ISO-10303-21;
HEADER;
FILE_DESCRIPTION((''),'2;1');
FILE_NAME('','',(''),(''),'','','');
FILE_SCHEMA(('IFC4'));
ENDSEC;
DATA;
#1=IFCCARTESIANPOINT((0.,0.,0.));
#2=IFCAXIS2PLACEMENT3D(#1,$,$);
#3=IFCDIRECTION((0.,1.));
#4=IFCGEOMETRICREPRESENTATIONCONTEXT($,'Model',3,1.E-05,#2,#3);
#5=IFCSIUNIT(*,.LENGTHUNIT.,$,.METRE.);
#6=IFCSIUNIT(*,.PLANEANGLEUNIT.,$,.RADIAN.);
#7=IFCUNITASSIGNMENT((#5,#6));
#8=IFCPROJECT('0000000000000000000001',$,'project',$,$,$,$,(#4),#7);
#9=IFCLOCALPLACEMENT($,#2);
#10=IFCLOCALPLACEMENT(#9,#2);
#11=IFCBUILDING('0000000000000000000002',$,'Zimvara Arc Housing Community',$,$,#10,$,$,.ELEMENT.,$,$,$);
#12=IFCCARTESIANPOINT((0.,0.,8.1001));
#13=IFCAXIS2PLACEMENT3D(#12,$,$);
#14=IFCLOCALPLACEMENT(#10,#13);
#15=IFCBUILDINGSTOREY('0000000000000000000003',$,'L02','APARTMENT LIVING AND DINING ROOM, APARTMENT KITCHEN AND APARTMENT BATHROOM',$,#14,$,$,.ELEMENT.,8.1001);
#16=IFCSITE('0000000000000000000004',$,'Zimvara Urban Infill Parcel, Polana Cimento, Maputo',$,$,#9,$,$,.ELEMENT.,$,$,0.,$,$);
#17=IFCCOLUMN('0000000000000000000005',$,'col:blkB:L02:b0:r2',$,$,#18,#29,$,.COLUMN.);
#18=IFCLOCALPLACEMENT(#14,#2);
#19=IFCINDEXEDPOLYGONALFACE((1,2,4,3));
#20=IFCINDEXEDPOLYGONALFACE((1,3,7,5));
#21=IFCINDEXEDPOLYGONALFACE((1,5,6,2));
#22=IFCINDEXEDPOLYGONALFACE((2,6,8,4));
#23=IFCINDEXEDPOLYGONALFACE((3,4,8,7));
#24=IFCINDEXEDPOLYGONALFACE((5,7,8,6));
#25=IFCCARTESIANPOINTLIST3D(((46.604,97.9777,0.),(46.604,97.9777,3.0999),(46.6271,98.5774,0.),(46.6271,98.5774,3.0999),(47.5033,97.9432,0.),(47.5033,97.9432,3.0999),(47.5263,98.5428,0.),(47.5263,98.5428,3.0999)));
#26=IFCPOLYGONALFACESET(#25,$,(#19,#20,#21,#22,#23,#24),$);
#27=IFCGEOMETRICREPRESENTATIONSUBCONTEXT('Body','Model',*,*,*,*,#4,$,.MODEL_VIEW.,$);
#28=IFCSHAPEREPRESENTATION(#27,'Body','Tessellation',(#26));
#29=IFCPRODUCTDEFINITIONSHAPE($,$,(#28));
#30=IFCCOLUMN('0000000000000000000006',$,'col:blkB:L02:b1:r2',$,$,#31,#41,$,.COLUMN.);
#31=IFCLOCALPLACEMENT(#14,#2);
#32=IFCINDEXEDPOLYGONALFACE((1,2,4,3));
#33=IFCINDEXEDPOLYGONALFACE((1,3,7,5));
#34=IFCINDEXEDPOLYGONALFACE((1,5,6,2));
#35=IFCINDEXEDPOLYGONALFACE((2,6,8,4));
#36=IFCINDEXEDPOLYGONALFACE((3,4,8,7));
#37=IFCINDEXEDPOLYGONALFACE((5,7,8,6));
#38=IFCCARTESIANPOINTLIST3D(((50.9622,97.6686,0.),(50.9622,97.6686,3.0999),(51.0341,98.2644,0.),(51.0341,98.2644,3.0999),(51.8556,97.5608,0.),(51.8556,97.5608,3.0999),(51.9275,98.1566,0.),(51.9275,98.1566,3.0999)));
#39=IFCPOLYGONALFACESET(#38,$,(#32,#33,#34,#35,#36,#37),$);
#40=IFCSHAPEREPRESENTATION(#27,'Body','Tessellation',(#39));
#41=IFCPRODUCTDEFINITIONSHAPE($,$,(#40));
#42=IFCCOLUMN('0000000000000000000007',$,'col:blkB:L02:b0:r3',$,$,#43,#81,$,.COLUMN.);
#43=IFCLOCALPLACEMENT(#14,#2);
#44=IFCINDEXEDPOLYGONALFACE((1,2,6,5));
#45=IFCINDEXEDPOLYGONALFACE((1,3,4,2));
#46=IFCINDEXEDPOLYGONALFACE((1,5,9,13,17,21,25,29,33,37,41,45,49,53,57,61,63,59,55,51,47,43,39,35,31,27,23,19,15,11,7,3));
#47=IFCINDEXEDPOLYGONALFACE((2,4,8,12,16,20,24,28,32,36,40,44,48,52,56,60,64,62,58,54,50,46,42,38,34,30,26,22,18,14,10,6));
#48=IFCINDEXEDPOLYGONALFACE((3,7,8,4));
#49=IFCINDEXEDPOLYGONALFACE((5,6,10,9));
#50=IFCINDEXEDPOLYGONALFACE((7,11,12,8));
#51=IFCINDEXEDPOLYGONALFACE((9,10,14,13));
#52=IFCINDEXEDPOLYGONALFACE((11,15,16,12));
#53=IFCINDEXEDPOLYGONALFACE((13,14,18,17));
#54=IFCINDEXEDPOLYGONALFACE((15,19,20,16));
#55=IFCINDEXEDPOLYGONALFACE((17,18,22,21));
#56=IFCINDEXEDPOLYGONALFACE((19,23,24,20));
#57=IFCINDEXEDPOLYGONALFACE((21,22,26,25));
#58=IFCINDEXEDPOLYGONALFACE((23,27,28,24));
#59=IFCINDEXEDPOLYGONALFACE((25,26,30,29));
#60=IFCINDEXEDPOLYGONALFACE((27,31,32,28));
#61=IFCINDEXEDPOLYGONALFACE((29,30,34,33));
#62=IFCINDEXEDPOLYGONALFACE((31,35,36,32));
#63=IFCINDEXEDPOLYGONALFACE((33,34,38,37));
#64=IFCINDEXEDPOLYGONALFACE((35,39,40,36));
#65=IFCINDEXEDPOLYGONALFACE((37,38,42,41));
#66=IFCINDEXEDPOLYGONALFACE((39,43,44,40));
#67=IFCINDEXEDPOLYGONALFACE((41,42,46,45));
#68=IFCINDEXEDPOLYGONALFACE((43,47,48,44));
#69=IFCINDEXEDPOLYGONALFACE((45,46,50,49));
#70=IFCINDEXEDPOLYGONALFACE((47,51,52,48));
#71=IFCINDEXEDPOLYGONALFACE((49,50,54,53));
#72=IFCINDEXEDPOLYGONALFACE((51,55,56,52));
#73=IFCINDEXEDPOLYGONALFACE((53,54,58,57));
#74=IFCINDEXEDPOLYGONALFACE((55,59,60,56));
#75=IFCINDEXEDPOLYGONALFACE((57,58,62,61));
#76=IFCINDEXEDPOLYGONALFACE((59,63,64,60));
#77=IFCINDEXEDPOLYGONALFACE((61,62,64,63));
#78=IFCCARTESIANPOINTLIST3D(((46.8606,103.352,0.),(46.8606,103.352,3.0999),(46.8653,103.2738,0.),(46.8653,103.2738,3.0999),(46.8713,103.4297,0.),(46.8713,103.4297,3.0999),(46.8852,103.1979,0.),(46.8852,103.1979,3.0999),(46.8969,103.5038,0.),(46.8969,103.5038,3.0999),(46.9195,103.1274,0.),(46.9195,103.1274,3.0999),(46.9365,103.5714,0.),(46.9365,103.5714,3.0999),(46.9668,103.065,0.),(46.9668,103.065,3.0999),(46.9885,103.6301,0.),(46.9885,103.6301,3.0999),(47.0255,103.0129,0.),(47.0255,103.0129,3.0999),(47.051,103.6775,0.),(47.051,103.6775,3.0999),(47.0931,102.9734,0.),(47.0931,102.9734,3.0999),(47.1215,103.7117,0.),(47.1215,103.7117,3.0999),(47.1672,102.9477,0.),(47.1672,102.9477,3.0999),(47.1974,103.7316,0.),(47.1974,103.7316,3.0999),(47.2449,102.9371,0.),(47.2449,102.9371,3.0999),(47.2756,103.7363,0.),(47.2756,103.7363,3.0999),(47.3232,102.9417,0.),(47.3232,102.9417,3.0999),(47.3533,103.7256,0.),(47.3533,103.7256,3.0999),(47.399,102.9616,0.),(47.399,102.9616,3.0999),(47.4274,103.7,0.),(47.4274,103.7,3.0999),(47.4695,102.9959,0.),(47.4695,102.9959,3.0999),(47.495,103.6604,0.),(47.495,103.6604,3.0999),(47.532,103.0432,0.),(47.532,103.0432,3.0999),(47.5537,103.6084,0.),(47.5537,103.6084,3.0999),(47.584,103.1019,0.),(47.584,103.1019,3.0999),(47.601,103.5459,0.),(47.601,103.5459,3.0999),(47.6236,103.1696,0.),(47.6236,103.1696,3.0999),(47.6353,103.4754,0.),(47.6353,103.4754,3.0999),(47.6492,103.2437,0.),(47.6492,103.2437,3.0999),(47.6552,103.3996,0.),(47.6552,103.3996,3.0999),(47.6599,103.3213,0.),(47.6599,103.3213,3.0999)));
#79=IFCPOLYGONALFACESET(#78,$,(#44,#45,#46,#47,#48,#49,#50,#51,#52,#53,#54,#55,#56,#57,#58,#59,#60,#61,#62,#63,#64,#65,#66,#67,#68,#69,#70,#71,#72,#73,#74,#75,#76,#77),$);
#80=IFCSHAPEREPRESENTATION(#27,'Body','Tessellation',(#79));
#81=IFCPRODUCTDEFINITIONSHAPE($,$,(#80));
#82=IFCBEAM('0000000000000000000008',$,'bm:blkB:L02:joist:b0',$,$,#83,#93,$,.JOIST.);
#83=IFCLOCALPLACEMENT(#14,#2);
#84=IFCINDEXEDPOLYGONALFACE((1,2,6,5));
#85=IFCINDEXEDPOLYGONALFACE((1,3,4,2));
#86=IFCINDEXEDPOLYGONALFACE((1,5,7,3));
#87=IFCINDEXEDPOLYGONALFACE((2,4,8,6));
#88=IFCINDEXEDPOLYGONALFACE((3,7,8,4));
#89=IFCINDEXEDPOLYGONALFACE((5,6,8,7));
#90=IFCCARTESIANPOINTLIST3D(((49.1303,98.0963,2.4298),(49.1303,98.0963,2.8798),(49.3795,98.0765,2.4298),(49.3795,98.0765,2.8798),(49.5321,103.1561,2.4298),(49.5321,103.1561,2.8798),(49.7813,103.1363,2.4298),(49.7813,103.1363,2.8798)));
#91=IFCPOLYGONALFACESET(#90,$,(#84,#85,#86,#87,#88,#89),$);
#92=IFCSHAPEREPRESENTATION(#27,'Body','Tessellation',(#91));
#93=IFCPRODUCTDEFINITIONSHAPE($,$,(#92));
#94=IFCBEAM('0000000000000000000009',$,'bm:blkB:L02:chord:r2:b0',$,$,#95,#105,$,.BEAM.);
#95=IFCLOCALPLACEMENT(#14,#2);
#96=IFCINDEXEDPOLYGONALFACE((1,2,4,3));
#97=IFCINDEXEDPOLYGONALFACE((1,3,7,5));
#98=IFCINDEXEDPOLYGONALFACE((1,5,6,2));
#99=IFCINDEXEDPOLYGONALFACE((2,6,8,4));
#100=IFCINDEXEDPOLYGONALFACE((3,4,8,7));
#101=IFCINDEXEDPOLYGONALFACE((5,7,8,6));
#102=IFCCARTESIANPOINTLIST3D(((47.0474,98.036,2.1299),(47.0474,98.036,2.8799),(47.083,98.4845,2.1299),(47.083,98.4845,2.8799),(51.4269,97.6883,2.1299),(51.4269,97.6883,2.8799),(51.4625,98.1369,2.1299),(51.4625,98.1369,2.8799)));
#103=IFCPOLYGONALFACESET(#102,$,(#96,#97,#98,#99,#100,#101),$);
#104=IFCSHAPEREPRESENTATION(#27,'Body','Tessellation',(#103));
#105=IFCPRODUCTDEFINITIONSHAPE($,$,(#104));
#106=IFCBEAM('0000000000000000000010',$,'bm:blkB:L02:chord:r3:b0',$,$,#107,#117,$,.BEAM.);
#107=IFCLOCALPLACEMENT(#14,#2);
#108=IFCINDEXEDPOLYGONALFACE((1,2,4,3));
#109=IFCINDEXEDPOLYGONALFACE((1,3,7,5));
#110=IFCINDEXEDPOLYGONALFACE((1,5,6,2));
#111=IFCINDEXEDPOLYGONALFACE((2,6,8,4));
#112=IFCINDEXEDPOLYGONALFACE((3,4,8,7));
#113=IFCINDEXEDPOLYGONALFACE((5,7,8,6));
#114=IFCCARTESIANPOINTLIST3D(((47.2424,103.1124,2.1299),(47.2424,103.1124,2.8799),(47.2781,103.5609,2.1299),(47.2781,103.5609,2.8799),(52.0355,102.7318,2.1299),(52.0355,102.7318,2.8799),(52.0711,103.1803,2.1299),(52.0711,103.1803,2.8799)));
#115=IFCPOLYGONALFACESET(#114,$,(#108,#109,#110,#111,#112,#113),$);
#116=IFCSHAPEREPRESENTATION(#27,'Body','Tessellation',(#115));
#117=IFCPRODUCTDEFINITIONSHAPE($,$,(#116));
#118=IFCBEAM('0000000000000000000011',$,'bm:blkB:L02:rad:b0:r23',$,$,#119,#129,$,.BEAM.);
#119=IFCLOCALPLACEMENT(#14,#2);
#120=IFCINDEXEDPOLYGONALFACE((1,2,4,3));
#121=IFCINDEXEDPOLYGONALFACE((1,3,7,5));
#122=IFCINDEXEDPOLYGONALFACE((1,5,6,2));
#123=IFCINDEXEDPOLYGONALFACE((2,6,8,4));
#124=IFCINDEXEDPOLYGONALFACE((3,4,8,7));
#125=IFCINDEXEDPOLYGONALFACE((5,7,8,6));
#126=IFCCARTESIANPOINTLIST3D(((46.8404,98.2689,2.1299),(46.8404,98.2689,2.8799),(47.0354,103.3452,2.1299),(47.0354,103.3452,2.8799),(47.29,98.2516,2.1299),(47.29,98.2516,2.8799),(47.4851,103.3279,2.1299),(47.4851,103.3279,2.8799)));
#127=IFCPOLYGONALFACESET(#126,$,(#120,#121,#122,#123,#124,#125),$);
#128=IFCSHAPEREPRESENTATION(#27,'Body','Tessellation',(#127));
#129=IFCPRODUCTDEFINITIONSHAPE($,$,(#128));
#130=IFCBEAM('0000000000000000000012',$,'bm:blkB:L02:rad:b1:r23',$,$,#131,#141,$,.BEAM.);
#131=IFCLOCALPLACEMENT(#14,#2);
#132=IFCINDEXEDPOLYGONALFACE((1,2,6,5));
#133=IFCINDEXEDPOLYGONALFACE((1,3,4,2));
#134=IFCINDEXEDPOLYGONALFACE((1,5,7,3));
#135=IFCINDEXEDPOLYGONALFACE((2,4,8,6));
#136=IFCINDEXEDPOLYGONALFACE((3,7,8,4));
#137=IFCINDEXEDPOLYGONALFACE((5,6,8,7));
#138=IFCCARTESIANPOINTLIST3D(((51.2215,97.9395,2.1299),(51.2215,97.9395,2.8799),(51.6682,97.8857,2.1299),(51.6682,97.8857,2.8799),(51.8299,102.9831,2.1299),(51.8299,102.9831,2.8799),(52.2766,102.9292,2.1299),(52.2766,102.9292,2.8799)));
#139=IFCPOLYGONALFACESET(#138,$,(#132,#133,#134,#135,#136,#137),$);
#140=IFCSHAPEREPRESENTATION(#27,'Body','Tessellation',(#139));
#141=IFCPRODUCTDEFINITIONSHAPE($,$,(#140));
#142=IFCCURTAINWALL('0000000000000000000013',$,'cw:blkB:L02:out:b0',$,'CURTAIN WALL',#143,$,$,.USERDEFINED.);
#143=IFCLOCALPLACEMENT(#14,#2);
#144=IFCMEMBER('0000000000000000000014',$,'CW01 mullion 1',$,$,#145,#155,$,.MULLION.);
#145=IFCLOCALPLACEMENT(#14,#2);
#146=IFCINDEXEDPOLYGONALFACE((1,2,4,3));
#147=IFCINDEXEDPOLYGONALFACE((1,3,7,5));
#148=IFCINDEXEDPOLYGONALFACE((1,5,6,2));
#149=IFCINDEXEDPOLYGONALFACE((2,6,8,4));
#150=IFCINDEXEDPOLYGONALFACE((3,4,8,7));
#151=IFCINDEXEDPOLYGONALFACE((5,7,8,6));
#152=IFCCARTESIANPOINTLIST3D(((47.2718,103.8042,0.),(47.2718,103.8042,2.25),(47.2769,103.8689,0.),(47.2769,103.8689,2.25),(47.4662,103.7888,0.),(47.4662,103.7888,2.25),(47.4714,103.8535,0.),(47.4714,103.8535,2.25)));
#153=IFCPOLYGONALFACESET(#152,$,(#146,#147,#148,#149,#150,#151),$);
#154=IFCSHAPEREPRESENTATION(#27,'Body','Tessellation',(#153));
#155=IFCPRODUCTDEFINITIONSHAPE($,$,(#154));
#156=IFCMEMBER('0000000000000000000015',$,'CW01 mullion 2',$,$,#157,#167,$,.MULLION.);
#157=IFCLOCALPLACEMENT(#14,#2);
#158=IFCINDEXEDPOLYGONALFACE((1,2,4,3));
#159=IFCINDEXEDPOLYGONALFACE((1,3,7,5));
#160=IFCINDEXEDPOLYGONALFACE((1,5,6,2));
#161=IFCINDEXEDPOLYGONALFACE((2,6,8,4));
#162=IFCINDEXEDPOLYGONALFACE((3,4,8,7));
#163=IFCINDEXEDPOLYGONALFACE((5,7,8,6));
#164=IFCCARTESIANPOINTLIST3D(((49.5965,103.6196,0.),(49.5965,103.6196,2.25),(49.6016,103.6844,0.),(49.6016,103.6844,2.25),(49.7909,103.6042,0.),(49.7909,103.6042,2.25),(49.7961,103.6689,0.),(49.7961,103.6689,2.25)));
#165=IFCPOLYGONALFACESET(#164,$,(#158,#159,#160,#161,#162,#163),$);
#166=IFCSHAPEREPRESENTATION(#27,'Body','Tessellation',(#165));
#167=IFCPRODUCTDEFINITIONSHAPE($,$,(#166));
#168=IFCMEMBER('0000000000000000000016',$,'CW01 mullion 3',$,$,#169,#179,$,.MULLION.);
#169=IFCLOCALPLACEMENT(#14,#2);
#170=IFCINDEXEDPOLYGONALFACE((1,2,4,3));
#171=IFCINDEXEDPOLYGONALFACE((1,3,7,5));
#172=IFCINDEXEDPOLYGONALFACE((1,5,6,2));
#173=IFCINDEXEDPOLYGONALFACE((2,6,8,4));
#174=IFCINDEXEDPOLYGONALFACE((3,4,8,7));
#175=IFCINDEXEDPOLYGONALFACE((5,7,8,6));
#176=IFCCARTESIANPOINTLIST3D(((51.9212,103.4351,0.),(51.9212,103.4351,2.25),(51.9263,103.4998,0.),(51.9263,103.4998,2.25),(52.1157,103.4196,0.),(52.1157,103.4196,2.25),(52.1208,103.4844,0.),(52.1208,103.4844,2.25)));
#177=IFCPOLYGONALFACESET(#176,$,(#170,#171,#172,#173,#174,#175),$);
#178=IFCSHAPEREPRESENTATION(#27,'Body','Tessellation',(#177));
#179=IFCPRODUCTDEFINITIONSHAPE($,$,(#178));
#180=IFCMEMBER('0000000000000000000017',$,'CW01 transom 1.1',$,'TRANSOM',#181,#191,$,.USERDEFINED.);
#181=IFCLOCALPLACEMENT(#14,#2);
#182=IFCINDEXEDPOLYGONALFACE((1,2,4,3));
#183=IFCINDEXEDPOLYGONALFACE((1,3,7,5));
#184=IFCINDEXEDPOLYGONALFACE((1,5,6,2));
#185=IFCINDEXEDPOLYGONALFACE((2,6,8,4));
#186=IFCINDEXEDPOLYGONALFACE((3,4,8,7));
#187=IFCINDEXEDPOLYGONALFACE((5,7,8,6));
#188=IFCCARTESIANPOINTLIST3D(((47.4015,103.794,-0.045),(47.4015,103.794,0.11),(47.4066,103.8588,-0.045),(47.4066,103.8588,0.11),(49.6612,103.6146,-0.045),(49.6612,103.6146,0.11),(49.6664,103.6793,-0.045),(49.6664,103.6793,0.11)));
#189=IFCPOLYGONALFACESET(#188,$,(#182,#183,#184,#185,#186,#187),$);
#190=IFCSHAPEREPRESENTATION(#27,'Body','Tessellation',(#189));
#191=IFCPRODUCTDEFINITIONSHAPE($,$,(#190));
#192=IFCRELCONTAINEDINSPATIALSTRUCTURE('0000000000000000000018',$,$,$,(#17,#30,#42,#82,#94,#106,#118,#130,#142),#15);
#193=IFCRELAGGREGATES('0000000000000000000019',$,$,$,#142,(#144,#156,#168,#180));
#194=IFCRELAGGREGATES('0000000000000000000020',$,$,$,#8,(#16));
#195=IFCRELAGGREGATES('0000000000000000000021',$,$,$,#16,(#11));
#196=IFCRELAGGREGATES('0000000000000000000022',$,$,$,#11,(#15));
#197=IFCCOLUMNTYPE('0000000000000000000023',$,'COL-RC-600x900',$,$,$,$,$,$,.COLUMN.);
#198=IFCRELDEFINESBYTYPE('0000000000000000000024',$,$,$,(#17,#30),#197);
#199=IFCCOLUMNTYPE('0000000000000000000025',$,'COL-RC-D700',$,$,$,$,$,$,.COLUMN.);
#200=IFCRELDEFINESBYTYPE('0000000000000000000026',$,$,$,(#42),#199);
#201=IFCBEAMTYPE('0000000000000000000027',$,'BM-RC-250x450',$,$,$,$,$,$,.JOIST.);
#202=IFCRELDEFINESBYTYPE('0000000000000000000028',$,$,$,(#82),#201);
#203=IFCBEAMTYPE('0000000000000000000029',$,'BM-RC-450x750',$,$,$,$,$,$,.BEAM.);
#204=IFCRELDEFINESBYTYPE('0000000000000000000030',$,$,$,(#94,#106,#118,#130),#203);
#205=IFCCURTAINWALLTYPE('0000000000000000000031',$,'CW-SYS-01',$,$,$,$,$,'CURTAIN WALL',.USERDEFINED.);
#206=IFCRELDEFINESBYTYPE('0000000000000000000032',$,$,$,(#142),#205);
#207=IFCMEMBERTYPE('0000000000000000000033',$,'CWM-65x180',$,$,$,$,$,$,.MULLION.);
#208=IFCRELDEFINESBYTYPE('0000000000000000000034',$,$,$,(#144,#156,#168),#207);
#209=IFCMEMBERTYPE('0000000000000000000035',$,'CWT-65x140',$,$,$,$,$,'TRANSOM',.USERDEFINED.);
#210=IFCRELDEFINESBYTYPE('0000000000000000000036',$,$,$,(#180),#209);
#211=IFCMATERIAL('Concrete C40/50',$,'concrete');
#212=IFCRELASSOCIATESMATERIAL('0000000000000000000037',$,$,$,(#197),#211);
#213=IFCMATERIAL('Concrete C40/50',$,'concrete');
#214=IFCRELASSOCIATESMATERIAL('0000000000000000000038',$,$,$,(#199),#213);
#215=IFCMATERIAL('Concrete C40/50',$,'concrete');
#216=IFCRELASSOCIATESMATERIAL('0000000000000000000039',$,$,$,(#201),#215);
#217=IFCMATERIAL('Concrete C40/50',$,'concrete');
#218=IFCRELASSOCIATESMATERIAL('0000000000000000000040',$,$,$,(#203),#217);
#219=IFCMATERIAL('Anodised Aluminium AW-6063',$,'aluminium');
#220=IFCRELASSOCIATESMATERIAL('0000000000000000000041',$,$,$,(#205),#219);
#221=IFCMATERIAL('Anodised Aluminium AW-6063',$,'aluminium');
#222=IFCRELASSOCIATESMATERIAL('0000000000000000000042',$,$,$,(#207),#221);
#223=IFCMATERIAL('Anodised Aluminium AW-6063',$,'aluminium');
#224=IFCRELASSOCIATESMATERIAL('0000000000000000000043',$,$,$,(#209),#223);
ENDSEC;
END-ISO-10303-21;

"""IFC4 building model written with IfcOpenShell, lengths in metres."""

from ifc_helpers import new_model, si_unit, direction, frame, origin, origin_2d, place, context, subcontext, project, spatial, rectangle, circle, extrude, material, material_profile, profile_set, type_object, element, aggregate, save


model = new_model("IFC4")

# Units and contexts
model_context = context("Model", 3, precision=1e-05, world=origin(), true_north=direction((0.0, 1.0)))
body_context = subcontext(model_context, "Body", "Model", "MODEL_VIEW")
ifc_project = project(units=[si_unit("LENGTHUNIT", "METRE"), si_unit("PLANEANGLEUNIT", "RADIAN")], contexts=[model_context])

# Site, building, storey
site_placement = place(None, origin())
site = spatial("IfcSite", under=ifc_project, at=site_placement, Name="Zimvara Urban Infill Parcel, Polana Cimento, Maputo", CompositionType="ELEMENT", RefElevation=0.0)
building_placement = place(site_placement, origin())
building = spatial("IfcBuilding", under=site, at=building_placement, Name="Zimvara Arc Housing Community", CompositionType="ELEMENT")
storey_placement = place(building_placement, frame((0.0, 0.0, 8.1001)))
storey = spatial("IfcBuildingStorey", under=building, at=storey_placement, Name="L02", Description="APARTMENT LIVING AND DINING ROOM, APARTMENT KITCHEN AND APARTMENT BATHROOM", CompositionType="ELEMENT", Elevation=8.1001)

# Columns
ifc_material_1 = material(Name="Concrete C40/50", Category="concrete")
ifc_material_profile_1 = material_profile(ifc_material_1, rectangle(XDim=0.6001, YDim=0.8999, at=origin_2d()), Name="RC 600x900")
ifc_profile_set_1 = profile_set([ifc_material_profile_1], Name="Concrete C40/50")
column_type_1 = type_object("IfcColumnType", Name="COL-RC-600x900", PredefinedType="COLUMN", material=ifc_profile_set_1)
for number, where, z_axis, x_axis, name in (
    (1, (47.0652, 98.2603, 0.0), (0.0, 0.0, 1.0), (0.038388, 0.999263, 0.0), "col:blkB:L02:b0:r2"),
    (2, (51.4448, 97.9126, 0.0), (0.0, 0.0, 1.0), (0.11979, 0.992799, 0.0), "col:blkB:L02:b1:r2"),
):
    element("IfcColumn", number, at=place(storey_placement, frame(where, z_axis=z_axis, x_axis=x_axis)), inside=storey, type_object=column_type_1, Name=name, PredefinedType="COLUMN", context=body_context, shape_type="SweptSolid", body=[
        extrude(rectangle(XDim=0.6001, YDim=0.8999, at=origin_2d()), origin(), (0.0, 0.0, 1.0), 3.0999),
    ])
ifc_material_2 = material(Name="Concrete C40/50", Category="concrete")
ifc_material_profile_2 = material_profile(ifc_material_2, circle(Radius=0.3999, at=origin_2d()), Name="RC D800")
ifc_profile_set_2 = profile_set([ifc_material_profile_2], Name="Concrete C40/50")
column_type_2 = type_object("IfcColumnType", Name="COL-RC-D700", PredefinedType="COLUMN", material=ifc_profile_set_2)
column_placement = place(storey_placement, frame((47.2603, 103.3367, 0.0), z_axis=(0.0, 0.0, 1.0), x_axis=(0.038388, 0.999263, 0.0)))
element("IfcColumn", 3, at=column_placement, inside=storey, type_object=column_type_2, Name="col:blkB:L02:b0:r3", PredefinedType="COLUMN", context=body_context, shape_type="SweptSolid", body=[
    extrude(circle(Radius=0.3999, at=origin_2d()), origin(), (0.0, 0.0, 1.0), 3.0999),
])

# Beams
ifc_material_3 = material(Name="Concrete C40/50", Category="concrete")
ifc_material_profile_3 = material_profile(ifc_material_3, rectangle(XDim=0.25, YDim=0.45, at=origin_2d()), Name="RC 250x450")
ifc_profile_set_3 = profile_set([ifc_material_profile_3], Name="Concrete C40/50")
beam_type_1 = type_object("IfcBeamType", Name="BM-RC-250x450", PredefinedType="JOIST", material=ifc_profile_set_3)
beam_1_placement = place(storey_placement, frame((49.2549, 98.0864, 2.6548), z_axis=(0.079172, 0.996861, 0.0), x_axis=(-0.996861, 0.079172, 0.0)))
element("IfcBeam", 4, at=beam_1_placement, inside=storey, type_object=beam_type_1, Name="bm:blkB:L02:joist:b0", PredefinedType="JOIST", context=body_context, shape_type="SweptSolid", body=[
    extrude(rectangle(XDim=0.25, YDim=0.45, at=origin_2d()), origin(), (0.0, 0.0, 1.0), 5.0757),
])
ifc_material_4 = material(Name="Concrete C40/50", Category="concrete")
ifc_material_profile_4 = material_profile(ifc_material_4, rectangle(XDim=0.45, YDim=0.75, at=origin_2d()), Name="RC 450x750")
ifc_profile_set_4 = profile_set([ifc_material_profile_4], Name="Concrete C40/50")
beam_type_2 = type_object("IfcBeamType", Name="BM-RC-450x750", PredefinedType="BEAM", material=ifc_profile_set_4)
beam_2_placement = place(storey_placement, frame((47.0652, 98.2603, 2.5049), z_axis=(0.996864, -0.079131, 0.0), x_axis=(0.079131, 0.996864, 0.0)))
element("IfcBeam", 5, at=beam_2_placement, inside=storey, type_object=beam_type_2, Name="bm:blkB:L02:chord:r2:b0", PredefinedType="BEAM", context=body_context, shape_type="SweptSolid", body=[
    extrude(rectangle(XDim=0.45, YDim=0.75, at=origin_2d()), origin(), (0.0, 0.0, 1.0), 4.3933),
])
beam_3_placement = place(storey_placement, frame((47.2603, 103.3367, 2.5049), z_axis=(0.996862, -0.079162, 0.0), x_axis=(0.079162, 0.996862, 0.0)))
element("IfcBeam", 6, at=beam_3_placement, inside=storey, type_object=beam_type_2, Name="bm:blkB:L02:chord:r3:b0", PredefinedType="BEAM", context=body_context, shape_type="SweptSolid", body=[
    extrude(rectangle(XDim=0.45, YDim=0.75, at=origin_2d()), origin(), (0.0, 0.0, 1.0), 4.8081),
])
for number, where, z_axis, x_axis, name in (
    (7, (47.0652, 98.2603, 2.5049), (0.038398, 0.999263, 0.0), (-0.999263, 0.038398, 0.0), "bm:blkB:L02:rad:b0:r23"),
    (8, (51.4448, 97.9126, 2.5049), (0.119763, 0.992803, 0.0), (-0.992803, 0.119763, 0.0), "bm:blkB:L02:rad:b1:r23"),
):
    element("IfcBeam", number, at=place(storey_placement, frame(where, z_axis=z_axis, x_axis=x_axis)), inside=storey, type_object=beam_type_2, Name=name, PredefinedType="BEAM", context=body_context, shape_type="SweptSolid", body=[
        extrude(rectangle(XDim=0.45, YDim=0.75, at=origin_2d()), origin(), (0.0, 0.0, 1.0), 5.0801),
    ])

# Curtain wall, members
ifc_material_5 = material(Name="Anodised Aluminium AW-6063", Category="aluminium")
curtain_wall_type = type_object("IfcCurtainWallType", Name="CW-SYS-01", ElementType="CURTAIN WALL", PredefinedType="USERDEFINED", material=ifc_material_5)
curtain_wall_placement = place(storey_placement, origin())
curtain_wall = element("IfcCurtainWall", 9, at=curtain_wall_placement, inside=storey, type_object=curtain_wall_type, Name="cw:blkB:L02:out:b0", ObjectType="CURTAIN WALL", PredefinedType="USERDEFINED")
ifc_material_6 = material(Name="Anodised Aluminium AW-6063", Category="aluminium")
ifc_material_profile_5 = material_profile(ifc_material_6, rectangle(XDim=0.0649, YDim=0.1951, at=origin_2d()), Name="ALU 65x195")
ifc_profile_set_5 = profile_set([ifc_material_profile_5], Name="Anodised Aluminium AW-6063")
member_type_1 = type_object("IfcMemberType", Name="CWM-65x180", PredefinedType="MULLION", material=ifc_profile_set_5)
member_1_placement = place(storey_placement, frame((47.3716, 103.8289, 0.0), z_axis=(0.0, 0.0, 1.0), x_axis=(0.079154, 0.996862, 0.0)))
member_1 = element("IfcMember", 10, at=member_1_placement, type_object=member_type_1, Name="CW01 mullion 1", PredefinedType="MULLION", context=body_context, shape_type="SweptSolid", body=[
    extrude(rectangle(XDim=0.0649, YDim=0.1951, at=origin_2d()), origin(), (0.0, 0.0, 1.0), 2.25),
])
member_2_placement = place(storey_placement, frame((49.6963, 103.6443, 0.0), z_axis=(0.0, 0.0, 1.0), x_axis=(0.079154, 0.996862, 0.0)))
member_2 = element("IfcMember", 11, at=member_2_placement, type_object=member_type_1, Name="CW01 mullion 2", PredefinedType="MULLION", context=body_context, shape_type="SweptSolid", body=[
    extrude(rectangle(XDim=0.0649, YDim=0.1951, at=origin_2d()), origin(), (0.0, 0.0, 1.0), 2.25),
])
member_3_placement = place(storey_placement, frame((52.021, 103.4597, 0.0), z_axis=(0.0, 0.0, 1.0), x_axis=(0.079154, 0.996862, 0.0)))
member_3 = element("IfcMember", 12, at=member_3_placement, type_object=member_type_1, Name="CW01 mullion 3", PredefinedType="MULLION", context=body_context, shape_type="SweptSolid", body=[
    extrude(rectangle(XDim=0.0649, YDim=0.1951, at=origin_2d()), origin(), (0.0, 0.0, 1.0), 2.25),
])
ifc_material_7 = material(Name="Anodised Aluminium AW-6063", Category="aluminium")
ifc_material_profile_6 = material_profile(ifc_material_7, rectangle(XDim=0.0649, YDim=0.155, at=origin_2d()), Name="ALU 65x155")
ifc_profile_set_6 = profile_set([ifc_material_profile_6], Name="Anodised Aluminium AW-6063")
member_type_2 = type_object("IfcMemberType", Name="CWT-65x140", ElementType="TRANSOM", PredefinedType="USERDEFINED", material=ifc_profile_set_6)
member_4_placement = place(storey_placement, frame((47.4041, 103.8264, 0.0325), z_axis=(0.996862, -0.079159, 0.0), x_axis=(0.079159, 0.996862, 0.0)))
member_4 = element("IfcMember", 13, at=member_4_placement, type_object=member_type_2, Name="CW01 transom 1.1", ObjectType="TRANSOM", PredefinedType="USERDEFINED", context=body_context, shape_type="SweptSolid", body=[
    extrude(rectangle(XDim=0.0649, YDim=0.155, at=origin_2d()), origin(), (0.0, 0.0, 1.0), 2.2668),
])
aggregate(curtain_wall, [member_1, member_2, member_3, member_4])

save(model, "model.ifc")
